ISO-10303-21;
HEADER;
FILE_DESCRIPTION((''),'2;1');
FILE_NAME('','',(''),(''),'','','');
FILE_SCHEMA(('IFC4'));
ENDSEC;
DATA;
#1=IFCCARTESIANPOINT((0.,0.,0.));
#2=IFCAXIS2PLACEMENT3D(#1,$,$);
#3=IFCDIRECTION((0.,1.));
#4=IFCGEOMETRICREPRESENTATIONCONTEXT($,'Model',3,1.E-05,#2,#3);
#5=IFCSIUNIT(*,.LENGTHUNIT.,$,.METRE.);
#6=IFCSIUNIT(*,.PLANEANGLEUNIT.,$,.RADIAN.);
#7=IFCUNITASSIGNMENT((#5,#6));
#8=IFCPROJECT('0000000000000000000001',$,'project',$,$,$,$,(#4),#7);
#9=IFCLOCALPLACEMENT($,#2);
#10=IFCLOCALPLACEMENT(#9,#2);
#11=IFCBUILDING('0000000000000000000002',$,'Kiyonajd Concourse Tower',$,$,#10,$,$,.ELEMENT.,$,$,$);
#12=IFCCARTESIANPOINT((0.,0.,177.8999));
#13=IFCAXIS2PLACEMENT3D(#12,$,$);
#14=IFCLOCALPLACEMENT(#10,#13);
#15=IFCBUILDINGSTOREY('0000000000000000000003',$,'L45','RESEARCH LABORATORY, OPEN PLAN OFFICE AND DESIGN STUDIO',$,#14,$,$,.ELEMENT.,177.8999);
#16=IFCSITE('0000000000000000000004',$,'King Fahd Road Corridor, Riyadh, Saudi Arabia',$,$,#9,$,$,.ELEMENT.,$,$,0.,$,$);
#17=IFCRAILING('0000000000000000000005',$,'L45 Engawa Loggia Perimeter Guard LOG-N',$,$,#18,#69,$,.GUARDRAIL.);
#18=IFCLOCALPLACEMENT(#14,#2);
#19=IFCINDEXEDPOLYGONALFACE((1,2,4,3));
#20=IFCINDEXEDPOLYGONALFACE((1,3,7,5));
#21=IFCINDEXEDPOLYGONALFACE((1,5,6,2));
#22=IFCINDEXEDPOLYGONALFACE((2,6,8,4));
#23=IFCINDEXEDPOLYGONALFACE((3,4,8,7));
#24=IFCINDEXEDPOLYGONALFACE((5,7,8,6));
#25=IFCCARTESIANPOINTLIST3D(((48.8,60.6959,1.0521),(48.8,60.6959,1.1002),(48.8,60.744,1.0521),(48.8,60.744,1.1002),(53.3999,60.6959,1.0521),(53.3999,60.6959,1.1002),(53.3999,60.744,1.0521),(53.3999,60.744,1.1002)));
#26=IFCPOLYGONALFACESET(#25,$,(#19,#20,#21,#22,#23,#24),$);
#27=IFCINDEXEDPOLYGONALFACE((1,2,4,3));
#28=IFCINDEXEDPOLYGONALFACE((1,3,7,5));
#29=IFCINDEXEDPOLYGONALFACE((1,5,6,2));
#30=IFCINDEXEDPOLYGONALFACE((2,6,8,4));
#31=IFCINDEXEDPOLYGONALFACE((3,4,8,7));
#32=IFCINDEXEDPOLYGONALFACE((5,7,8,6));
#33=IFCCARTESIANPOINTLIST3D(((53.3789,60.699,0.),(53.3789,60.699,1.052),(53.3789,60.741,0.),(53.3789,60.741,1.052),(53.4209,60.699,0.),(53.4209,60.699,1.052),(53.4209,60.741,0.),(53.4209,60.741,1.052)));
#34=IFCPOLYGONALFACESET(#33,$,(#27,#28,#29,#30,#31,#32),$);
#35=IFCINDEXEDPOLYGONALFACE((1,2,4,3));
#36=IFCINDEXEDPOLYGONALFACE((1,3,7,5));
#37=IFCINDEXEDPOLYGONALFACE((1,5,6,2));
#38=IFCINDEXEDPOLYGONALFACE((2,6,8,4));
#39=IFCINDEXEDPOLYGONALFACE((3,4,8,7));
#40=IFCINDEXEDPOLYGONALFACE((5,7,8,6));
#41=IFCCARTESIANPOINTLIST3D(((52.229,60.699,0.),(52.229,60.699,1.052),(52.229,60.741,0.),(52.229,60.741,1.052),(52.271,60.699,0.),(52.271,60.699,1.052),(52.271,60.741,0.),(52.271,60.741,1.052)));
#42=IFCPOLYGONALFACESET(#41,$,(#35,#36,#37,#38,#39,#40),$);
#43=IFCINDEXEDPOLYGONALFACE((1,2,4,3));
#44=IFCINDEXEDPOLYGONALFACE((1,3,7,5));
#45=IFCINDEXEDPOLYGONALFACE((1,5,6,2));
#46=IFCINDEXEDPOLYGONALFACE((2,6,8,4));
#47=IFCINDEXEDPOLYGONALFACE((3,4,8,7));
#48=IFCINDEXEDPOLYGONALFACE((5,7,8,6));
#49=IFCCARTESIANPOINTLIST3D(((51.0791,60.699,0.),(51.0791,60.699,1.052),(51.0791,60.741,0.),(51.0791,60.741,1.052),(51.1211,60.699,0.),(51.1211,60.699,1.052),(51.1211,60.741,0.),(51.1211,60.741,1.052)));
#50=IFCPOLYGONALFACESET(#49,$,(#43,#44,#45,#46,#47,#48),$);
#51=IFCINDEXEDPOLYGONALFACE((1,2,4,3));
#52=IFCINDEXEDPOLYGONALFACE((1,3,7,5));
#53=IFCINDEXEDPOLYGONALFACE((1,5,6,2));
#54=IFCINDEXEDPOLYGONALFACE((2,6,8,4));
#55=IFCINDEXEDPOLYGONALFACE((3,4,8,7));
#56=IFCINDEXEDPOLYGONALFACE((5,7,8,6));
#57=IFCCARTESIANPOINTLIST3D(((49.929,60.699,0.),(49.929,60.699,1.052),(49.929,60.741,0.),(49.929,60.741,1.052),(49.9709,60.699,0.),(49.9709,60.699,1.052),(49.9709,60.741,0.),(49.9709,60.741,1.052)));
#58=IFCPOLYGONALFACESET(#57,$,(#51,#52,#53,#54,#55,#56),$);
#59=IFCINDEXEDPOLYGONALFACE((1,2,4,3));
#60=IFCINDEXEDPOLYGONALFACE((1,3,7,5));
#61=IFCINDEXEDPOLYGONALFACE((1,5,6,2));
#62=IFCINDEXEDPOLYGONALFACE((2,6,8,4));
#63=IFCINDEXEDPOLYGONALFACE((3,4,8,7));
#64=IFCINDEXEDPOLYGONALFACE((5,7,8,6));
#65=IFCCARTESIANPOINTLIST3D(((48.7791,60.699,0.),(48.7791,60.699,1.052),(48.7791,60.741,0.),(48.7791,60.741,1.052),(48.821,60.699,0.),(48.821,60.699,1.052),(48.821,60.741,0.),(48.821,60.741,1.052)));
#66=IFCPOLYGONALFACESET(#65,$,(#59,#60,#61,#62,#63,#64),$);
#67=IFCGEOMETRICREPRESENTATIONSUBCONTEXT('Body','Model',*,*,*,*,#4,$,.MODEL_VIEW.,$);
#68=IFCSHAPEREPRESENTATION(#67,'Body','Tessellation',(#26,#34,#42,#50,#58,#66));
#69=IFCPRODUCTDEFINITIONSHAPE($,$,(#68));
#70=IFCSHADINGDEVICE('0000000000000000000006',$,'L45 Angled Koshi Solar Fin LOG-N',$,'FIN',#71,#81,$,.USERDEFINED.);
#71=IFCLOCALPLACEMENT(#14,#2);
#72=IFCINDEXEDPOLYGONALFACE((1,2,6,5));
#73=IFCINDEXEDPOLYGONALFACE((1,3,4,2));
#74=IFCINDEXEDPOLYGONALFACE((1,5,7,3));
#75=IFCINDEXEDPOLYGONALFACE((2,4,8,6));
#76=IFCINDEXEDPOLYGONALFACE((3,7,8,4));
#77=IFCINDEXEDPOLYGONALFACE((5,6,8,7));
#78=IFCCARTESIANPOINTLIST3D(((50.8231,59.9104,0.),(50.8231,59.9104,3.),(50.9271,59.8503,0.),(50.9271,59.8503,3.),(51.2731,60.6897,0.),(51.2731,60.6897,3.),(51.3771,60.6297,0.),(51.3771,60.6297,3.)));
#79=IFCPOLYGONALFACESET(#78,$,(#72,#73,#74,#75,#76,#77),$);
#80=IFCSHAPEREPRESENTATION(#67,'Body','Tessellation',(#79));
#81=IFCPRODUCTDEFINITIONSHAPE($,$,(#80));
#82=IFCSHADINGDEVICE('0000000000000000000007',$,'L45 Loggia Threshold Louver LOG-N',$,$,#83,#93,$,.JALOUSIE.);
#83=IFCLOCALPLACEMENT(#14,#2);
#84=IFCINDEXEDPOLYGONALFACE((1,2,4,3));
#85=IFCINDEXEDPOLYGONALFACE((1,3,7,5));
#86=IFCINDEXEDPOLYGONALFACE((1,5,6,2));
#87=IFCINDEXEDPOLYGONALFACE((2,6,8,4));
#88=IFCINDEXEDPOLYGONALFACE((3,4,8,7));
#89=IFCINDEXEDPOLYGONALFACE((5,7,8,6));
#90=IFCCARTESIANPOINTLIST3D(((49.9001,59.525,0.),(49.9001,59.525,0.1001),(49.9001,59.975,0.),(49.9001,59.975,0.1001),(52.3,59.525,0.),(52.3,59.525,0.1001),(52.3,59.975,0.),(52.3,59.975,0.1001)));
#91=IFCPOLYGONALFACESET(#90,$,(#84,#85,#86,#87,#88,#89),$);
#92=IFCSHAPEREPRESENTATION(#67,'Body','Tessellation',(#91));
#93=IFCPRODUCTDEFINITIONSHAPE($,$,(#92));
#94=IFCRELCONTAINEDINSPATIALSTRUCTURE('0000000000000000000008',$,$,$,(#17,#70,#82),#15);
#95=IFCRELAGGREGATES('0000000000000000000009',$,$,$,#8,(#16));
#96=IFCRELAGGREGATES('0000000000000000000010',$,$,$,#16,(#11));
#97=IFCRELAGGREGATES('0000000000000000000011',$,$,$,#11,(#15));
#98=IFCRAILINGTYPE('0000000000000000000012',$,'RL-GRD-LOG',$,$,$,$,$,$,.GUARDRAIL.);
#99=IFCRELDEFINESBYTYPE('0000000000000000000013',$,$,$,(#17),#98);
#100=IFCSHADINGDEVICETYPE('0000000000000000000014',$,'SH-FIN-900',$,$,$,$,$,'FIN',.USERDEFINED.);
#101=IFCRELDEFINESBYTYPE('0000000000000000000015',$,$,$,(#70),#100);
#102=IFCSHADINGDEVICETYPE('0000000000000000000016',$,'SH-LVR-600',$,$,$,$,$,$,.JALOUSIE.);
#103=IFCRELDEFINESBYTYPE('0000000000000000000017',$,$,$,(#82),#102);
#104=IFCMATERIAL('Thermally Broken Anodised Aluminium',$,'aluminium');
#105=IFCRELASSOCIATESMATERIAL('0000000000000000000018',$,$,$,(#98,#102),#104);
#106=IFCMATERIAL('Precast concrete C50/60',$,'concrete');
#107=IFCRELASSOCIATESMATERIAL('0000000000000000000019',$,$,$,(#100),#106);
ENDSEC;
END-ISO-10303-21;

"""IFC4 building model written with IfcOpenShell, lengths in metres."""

from ifc_helpers import new_model, si_unit, direction, frame, origin, origin_2d, place, context, subcontext, project, spatial, rectangle, extrude, material, type_object, element, save


model = new_model("IFC4")

# Units and contexts
model_context = context("Model", 3, precision=1e-05, world=origin(), true_north=direction((0.0, 1.0)))
body_context = subcontext(model_context, "Body", "Model", "MODEL_VIEW")
ifc_project = project(units=[si_unit("LENGTHUNIT", "METRE"), si_unit("PLANEANGLEUNIT", "RADIAN")], contexts=[model_context])

# Site, building, storey
site_placement = place(None, origin())
site = spatial("IfcSite", under=ifc_project, at=site_placement, Name="King Fahd Road Corridor, Riyadh, Saudi Arabia", CompositionType="ELEMENT", RefElevation=0.0)
building_placement = place(site_placement, origin())
building = spatial("IfcBuilding", under=site, at=building_placement, Name="Kiyonajd Concourse Tower", CompositionType="ELEMENT")
storey_placement = place(building_placement, frame((0.0, 0.0, 177.8999)))
storey = spatial("IfcBuildingStorey", under=building, at=storey_placement, Name="L45", Description="RESEARCH LABORATORY, OPEN PLAN OFFICE AND DESIGN STUDIO", CompositionType="ELEMENT", Elevation=177.8999)

# Shared definitions
ifc_material_1 = material(Name="Thermally Broken Anodised Aluminium", Category="aluminium")

# Shared definitions
ifc_material_2 = material(Name="Precast concrete C50/60", Category="concrete")

# Railing
railing_type = type_object("IfcRailingType", Name="RL-GRD-LOG", PredefinedType="GUARDRAIL", material=ifc_material_1)
railing_placement = place(storey_placement, frame((53.3999, 60.72, 0.0)))
element("IfcRailing", 1, at=railing_placement, inside=storey, type_object=railing_type, Name="L45 Engawa Loggia Perimeter Guard LOG-N", PredefinedType="GUARDRAIL", context=body_context, shape_type="SweptSolid", body=[
    extrude(rectangle(XDim=0.0481, YDim=0.0481, at=origin_2d()), frame((0.0, 0.0, 1.0762), z_axis=(-1.0, 0.0, 0.0), x_axis=(0.0, -1.0, 0.0)), (0.0, 0.0, 1.0), 4.5999),
    extrude(rectangle(XDim=0.042, YDim=0.042, at=origin_2d()), origin(), (0.0, 0.0, 1.0), 1.052),
    extrude(rectangle(XDim=0.042, YDim=0.042, at=origin_2d()), frame((-1.1499, 0.0, 0.0)), (0.0, 0.0, 1.0), 1.052),
    extrude(rectangle(XDim=0.042, YDim=0.042, at=origin_2d()), frame((-2.2998, 0.0, 0.0)), (0.0, 0.0, 1.0), 1.052),
    extrude(rectangle(XDim=0.042, YDim=0.042, at=origin_2d()), frame((-3.45, 0.0, 0.0)), (0.0, 0.0, 1.0), 1.052),
    extrude(rectangle(XDim=0.042, YDim=0.042, at=origin_2d()), frame((-4.5999, 0.0, 0.0)), (0.0, 0.0, 1.0), 1.052),
])

# Shading devices
shading_device_type_1 = type_object("IfcShadingDeviceType", Name="SH-FIN-900", ElementType="FIN", PredefinedType="USERDEFINED", material=ifc_material_2)
shading_device_1_placement = place(storey_placement, frame((51.1001, 60.27, 0.0), z_axis=(0.0, 0.0, 1.0), x_axis=(0.5, 0.866025, 0.0)))
element("IfcShadingDevice", 2, at=shading_device_1_placement, inside=storey, type_object=shading_device_type_1, Name="L45 Angled Koshi Solar Fin LOG-N", ObjectType="FIN", PredefinedType="USERDEFINED", context=body_context, shape_type="SweptSolid", body=[
    extrude(rectangle(XDim=0.8999, YDim=0.1201, at=origin_2d()), origin(), (0.0, 0.0, 1.0), 3.0),
])
shading_device_type_2 = type_object("IfcShadingDeviceType", Name="SH-LVR-600", PredefinedType="JALOUSIE", material=ifc_material_1)
shading_device_2_placement = place(storey_placement, frame((51.1001, 59.75, 0.0), z_axis=(0.0, 0.0, 1.0), x_axis=(1.0, 0.0, 0.0)))
element("IfcShadingDevice", 3, at=shading_device_2_placement, inside=storey, type_object=shading_device_type_2, Name="L45 Loggia Threshold Louver LOG-N", PredefinedType="JALOUSIE", context=body_context, shape_type="SweptSolid", body=[
    extrude(rectangle(XDim=2.3999, YDim=0.45, at=origin_2d()), origin(), (0.0, 0.0, 1.0), 0.1001),
])

save(model, "model.ifc")
